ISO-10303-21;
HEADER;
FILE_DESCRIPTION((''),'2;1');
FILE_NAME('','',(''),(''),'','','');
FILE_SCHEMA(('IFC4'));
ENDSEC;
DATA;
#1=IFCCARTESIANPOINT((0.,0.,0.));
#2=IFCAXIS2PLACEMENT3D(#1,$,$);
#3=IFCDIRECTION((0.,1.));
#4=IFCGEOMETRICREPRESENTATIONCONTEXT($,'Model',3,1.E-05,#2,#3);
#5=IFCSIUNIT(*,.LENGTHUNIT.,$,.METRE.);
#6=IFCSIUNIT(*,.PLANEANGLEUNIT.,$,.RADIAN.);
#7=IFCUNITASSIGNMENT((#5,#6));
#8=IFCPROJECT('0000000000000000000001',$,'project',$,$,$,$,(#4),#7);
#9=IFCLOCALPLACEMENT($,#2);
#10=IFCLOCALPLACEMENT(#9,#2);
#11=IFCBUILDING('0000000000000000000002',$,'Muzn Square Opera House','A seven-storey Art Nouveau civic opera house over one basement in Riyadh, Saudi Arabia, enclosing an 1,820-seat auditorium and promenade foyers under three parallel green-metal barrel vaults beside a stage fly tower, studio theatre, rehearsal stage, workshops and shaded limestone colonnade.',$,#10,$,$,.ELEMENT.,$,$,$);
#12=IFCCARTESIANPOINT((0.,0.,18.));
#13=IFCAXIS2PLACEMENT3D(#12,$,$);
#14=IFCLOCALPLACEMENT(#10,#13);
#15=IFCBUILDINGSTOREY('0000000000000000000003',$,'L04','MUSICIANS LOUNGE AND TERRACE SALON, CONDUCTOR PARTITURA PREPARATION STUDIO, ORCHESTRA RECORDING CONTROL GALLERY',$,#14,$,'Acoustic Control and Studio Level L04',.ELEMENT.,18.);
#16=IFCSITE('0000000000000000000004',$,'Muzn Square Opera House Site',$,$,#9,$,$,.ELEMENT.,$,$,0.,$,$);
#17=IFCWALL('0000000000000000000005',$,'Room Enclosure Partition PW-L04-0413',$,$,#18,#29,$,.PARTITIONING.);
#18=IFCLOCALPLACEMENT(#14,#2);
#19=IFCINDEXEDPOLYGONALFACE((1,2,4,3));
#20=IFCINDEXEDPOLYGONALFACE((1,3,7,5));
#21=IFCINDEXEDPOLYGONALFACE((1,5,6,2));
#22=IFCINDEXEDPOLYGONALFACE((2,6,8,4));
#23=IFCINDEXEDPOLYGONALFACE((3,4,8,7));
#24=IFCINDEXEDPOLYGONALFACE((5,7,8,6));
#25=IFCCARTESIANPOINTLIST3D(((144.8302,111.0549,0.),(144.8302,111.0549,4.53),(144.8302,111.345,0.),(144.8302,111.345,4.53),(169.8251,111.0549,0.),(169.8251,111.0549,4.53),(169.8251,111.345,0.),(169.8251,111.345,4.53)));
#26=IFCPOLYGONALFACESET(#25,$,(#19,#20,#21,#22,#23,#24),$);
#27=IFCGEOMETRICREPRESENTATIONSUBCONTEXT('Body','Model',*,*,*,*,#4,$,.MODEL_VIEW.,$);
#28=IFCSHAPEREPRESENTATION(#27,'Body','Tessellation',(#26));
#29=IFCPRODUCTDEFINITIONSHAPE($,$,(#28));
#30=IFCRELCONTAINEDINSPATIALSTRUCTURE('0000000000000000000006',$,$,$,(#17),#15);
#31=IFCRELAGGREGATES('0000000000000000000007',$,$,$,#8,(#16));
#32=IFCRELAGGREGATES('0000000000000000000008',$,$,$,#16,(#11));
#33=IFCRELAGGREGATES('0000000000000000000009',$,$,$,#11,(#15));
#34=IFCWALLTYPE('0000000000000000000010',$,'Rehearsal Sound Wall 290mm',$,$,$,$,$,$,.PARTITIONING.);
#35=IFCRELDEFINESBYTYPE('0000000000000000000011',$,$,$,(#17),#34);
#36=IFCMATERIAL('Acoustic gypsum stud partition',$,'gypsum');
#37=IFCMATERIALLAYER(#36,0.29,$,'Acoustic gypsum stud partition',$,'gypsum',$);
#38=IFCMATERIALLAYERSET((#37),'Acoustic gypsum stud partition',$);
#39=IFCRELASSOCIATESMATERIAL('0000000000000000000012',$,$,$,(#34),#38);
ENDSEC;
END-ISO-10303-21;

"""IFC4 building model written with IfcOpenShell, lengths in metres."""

from ifc_helpers import new_model, si_unit, direction, frame, frame_2d, origin, place, context, subcontext, project, spatial, rectangle, extrude, material, layer, layer_set, type_object, element, save


model = new_model("IFC4")

# Units and contexts
model_context = context("Model", 3, precision=1e-05, world=origin(), true_north=direction((0.0, 1.0)))
body_context = subcontext(model_context, "Body", "Model", "MODEL_VIEW")
ifc_project = project(units=[si_unit("LENGTHUNIT", "METRE"), si_unit("PLANEANGLEUNIT", "RADIAN")], contexts=[model_context])

# Site, building, storey
site_placement = place(None, origin())
site = spatial("IfcSite", under=ifc_project, at=site_placement, Name="Muzn Square Opera House Site", CompositionType="ELEMENT", RefElevation=0.0)
building_placement = place(site_placement, origin())
building = spatial("IfcBuilding", under=site, at=building_placement, Name="Muzn Square Opera House", Description="A seven-storey Art Nouveau civic opera house over one basement in Riyadh, Saudi Arabia, enclosing an 1,820-seat auditorium and promenade foyers under three parallel green-metal barrel vaults beside a stage fly tower, studio theatre, rehearsal stage, workshops and shaded limestone colonnade.", CompositionType="ELEMENT")
storey_placement = place(building_placement, frame((0.0, 0.0, 18.0)))
storey = spatial("IfcBuildingStorey", under=building, at=storey_placement, Name="L04", Description="MUSICIANS LOUNGE AND TERRACE SALON, CONDUCTOR PARTITURA PREPARATION STUDIO, ORCHESTRA RECORDING CONTROL GALLERY", LongName="Acoustic Control and Studio Level L04", CompositionType="ELEMENT", Elevation=18.0)

# Shared definitions
ifc_material_1 = material(Name="Acoustic gypsum stud partition", Category="gypsum")

# Shared definitions
ifc_layer_1 = layer(ifc_material_1, 0.29, Name="Acoustic gypsum stud partition", Category="gypsum")
ifc_layer_set_1 = layer_set([ifc_layer_1], Name="Acoustic gypsum stud partition")
wall_type_1 = type_object("IfcWallType", Name="Rehearsal Sound Wall 290mm", PredefinedType="PARTITIONING", material=ifc_layer_set_1)

# Wall
wall_1_placement = place(storey_placement, frame((144.8301, 111.2, 0.0), z_axis=(0.0, 0.0, 1.0), x_axis=(1.0, 0.0, 0.0)))
element("IfcWall", 1, at=wall_1_placement, inside=storey, type_object=wall_type_1, Name="Room Enclosure Partition PW-L04-0413", PredefinedType="PARTITIONING", context=body_context, shape_type="SweptSolid", body=[
    extrude(rectangle(XDim=24.9949, YDim=0.29, at=frame_2d((12.4976, 0.0))), origin(), (0.0, 0.0, 1.0), 4.53),
])

save(model, "model.ifc")
